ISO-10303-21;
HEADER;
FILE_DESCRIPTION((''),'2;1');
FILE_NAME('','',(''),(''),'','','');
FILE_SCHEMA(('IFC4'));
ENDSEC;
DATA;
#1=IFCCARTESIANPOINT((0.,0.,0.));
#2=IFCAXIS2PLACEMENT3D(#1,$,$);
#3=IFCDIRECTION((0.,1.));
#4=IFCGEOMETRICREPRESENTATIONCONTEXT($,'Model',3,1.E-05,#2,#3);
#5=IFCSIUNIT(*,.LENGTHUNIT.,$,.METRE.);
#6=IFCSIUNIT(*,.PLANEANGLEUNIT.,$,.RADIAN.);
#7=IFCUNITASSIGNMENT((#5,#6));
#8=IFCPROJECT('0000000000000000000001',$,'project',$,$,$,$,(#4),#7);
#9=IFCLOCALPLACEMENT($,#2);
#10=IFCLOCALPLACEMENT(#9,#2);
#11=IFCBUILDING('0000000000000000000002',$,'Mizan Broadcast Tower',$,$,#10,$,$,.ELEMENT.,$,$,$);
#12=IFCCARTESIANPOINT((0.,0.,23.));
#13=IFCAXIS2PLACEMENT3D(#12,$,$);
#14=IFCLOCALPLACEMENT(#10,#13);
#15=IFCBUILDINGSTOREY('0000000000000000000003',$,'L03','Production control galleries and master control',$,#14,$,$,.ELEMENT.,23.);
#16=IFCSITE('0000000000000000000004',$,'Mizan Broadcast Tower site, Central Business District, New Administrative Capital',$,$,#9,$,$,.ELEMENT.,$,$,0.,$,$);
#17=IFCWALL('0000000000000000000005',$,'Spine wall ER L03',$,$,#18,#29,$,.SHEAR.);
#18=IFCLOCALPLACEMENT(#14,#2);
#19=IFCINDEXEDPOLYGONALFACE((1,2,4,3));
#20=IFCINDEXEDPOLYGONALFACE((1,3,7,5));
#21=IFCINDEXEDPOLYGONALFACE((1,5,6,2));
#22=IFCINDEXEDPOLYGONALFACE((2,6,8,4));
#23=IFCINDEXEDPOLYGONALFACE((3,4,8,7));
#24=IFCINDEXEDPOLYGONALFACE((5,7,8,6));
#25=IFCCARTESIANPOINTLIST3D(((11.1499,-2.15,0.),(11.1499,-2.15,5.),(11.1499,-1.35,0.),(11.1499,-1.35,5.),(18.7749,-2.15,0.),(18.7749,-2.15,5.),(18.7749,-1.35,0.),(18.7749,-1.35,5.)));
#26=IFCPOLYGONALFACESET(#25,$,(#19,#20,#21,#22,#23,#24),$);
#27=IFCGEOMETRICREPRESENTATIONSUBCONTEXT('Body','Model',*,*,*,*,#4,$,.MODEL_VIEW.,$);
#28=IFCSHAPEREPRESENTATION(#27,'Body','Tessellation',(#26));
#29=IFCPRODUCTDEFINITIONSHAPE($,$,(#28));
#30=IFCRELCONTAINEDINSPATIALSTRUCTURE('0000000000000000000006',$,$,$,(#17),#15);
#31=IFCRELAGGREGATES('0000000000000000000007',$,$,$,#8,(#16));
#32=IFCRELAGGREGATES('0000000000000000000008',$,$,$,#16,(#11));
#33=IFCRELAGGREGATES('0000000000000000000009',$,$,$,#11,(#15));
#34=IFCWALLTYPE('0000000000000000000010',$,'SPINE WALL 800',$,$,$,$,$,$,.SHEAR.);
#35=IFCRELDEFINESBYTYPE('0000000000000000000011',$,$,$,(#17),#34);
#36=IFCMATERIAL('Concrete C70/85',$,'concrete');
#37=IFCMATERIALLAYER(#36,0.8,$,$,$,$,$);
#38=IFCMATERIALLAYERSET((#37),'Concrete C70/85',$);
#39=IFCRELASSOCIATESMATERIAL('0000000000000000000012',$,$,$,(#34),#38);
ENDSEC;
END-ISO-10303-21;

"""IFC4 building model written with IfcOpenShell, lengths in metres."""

from ifc_helpers import new_model, si_unit, direction, frame, frame_2d, origin, place, context, subcontext, project, spatial, rectangle, extrude, material, layer, layer_set, type_object, element, save


model = new_model("IFC4")

# Units and contexts
model_context = context("Model", 3, precision=1e-05, world=origin(), true_north=direction((0.0, 1.0)))
body_context = subcontext(model_context, "Body", "Model", "MODEL_VIEW")
ifc_project = project(units=[si_unit("LENGTHUNIT", "METRE"), si_unit("PLANEANGLEUNIT", "RADIAN")], contexts=[model_context])

# Site, building, storey
site_placement = place(None, origin())
site = spatial("IfcSite", under=ifc_project, at=site_placement, Name="Mizan Broadcast Tower site, Central Business District, New Administrative Capital", CompositionType="ELEMENT", RefElevation=0.0)
building_placement = place(site_placement, origin())
building = spatial("IfcBuilding", under=site, at=building_placement, Name="Mizan Broadcast Tower", CompositionType="ELEMENT")
storey_placement = place(building_placement, frame((0.0, 0.0, 23.0)))
storey = spatial("IfcBuildingStorey", under=building, at=storey_placement, Name="L03", Description="Production control galleries and master control", CompositionType="ELEMENT", Elevation=23.0)

# Wall
ifc_material_1 = material(Name="Concrete C70/85", Category="concrete")
ifc_layer_1 = layer(ifc_material_1, 0.8)
ifc_layer_set_1 = layer_set([ifc_layer_1], Name="Concrete C70/85")
wall_type_1 = type_object("IfcWallType", Name="SPINE WALL 800", PredefinedType="SHEAR", material=ifc_layer_set_1)
wall_1_placement = place(storey_placement, frame((11.1499, -1.75, 0.0), z_axis=(0.0, 0.0, 1.0), x_axis=(1.0, 0.0, 0.0)))
element("IfcWall", 1, at=wall_1_placement, inside=storey, type_object=wall_type_1, Name="Spine wall ER L03", PredefinedType="SHEAR", context=body_context, shape_type="SweptSolid", body=[
    extrude(rectangle(XDim=7.625, YDim=0.8, at=frame_2d((3.8125, 0.0))), origin(), (0.0, 0.0, 1.0), 5.0),
])

save(model, "model.ifc")
